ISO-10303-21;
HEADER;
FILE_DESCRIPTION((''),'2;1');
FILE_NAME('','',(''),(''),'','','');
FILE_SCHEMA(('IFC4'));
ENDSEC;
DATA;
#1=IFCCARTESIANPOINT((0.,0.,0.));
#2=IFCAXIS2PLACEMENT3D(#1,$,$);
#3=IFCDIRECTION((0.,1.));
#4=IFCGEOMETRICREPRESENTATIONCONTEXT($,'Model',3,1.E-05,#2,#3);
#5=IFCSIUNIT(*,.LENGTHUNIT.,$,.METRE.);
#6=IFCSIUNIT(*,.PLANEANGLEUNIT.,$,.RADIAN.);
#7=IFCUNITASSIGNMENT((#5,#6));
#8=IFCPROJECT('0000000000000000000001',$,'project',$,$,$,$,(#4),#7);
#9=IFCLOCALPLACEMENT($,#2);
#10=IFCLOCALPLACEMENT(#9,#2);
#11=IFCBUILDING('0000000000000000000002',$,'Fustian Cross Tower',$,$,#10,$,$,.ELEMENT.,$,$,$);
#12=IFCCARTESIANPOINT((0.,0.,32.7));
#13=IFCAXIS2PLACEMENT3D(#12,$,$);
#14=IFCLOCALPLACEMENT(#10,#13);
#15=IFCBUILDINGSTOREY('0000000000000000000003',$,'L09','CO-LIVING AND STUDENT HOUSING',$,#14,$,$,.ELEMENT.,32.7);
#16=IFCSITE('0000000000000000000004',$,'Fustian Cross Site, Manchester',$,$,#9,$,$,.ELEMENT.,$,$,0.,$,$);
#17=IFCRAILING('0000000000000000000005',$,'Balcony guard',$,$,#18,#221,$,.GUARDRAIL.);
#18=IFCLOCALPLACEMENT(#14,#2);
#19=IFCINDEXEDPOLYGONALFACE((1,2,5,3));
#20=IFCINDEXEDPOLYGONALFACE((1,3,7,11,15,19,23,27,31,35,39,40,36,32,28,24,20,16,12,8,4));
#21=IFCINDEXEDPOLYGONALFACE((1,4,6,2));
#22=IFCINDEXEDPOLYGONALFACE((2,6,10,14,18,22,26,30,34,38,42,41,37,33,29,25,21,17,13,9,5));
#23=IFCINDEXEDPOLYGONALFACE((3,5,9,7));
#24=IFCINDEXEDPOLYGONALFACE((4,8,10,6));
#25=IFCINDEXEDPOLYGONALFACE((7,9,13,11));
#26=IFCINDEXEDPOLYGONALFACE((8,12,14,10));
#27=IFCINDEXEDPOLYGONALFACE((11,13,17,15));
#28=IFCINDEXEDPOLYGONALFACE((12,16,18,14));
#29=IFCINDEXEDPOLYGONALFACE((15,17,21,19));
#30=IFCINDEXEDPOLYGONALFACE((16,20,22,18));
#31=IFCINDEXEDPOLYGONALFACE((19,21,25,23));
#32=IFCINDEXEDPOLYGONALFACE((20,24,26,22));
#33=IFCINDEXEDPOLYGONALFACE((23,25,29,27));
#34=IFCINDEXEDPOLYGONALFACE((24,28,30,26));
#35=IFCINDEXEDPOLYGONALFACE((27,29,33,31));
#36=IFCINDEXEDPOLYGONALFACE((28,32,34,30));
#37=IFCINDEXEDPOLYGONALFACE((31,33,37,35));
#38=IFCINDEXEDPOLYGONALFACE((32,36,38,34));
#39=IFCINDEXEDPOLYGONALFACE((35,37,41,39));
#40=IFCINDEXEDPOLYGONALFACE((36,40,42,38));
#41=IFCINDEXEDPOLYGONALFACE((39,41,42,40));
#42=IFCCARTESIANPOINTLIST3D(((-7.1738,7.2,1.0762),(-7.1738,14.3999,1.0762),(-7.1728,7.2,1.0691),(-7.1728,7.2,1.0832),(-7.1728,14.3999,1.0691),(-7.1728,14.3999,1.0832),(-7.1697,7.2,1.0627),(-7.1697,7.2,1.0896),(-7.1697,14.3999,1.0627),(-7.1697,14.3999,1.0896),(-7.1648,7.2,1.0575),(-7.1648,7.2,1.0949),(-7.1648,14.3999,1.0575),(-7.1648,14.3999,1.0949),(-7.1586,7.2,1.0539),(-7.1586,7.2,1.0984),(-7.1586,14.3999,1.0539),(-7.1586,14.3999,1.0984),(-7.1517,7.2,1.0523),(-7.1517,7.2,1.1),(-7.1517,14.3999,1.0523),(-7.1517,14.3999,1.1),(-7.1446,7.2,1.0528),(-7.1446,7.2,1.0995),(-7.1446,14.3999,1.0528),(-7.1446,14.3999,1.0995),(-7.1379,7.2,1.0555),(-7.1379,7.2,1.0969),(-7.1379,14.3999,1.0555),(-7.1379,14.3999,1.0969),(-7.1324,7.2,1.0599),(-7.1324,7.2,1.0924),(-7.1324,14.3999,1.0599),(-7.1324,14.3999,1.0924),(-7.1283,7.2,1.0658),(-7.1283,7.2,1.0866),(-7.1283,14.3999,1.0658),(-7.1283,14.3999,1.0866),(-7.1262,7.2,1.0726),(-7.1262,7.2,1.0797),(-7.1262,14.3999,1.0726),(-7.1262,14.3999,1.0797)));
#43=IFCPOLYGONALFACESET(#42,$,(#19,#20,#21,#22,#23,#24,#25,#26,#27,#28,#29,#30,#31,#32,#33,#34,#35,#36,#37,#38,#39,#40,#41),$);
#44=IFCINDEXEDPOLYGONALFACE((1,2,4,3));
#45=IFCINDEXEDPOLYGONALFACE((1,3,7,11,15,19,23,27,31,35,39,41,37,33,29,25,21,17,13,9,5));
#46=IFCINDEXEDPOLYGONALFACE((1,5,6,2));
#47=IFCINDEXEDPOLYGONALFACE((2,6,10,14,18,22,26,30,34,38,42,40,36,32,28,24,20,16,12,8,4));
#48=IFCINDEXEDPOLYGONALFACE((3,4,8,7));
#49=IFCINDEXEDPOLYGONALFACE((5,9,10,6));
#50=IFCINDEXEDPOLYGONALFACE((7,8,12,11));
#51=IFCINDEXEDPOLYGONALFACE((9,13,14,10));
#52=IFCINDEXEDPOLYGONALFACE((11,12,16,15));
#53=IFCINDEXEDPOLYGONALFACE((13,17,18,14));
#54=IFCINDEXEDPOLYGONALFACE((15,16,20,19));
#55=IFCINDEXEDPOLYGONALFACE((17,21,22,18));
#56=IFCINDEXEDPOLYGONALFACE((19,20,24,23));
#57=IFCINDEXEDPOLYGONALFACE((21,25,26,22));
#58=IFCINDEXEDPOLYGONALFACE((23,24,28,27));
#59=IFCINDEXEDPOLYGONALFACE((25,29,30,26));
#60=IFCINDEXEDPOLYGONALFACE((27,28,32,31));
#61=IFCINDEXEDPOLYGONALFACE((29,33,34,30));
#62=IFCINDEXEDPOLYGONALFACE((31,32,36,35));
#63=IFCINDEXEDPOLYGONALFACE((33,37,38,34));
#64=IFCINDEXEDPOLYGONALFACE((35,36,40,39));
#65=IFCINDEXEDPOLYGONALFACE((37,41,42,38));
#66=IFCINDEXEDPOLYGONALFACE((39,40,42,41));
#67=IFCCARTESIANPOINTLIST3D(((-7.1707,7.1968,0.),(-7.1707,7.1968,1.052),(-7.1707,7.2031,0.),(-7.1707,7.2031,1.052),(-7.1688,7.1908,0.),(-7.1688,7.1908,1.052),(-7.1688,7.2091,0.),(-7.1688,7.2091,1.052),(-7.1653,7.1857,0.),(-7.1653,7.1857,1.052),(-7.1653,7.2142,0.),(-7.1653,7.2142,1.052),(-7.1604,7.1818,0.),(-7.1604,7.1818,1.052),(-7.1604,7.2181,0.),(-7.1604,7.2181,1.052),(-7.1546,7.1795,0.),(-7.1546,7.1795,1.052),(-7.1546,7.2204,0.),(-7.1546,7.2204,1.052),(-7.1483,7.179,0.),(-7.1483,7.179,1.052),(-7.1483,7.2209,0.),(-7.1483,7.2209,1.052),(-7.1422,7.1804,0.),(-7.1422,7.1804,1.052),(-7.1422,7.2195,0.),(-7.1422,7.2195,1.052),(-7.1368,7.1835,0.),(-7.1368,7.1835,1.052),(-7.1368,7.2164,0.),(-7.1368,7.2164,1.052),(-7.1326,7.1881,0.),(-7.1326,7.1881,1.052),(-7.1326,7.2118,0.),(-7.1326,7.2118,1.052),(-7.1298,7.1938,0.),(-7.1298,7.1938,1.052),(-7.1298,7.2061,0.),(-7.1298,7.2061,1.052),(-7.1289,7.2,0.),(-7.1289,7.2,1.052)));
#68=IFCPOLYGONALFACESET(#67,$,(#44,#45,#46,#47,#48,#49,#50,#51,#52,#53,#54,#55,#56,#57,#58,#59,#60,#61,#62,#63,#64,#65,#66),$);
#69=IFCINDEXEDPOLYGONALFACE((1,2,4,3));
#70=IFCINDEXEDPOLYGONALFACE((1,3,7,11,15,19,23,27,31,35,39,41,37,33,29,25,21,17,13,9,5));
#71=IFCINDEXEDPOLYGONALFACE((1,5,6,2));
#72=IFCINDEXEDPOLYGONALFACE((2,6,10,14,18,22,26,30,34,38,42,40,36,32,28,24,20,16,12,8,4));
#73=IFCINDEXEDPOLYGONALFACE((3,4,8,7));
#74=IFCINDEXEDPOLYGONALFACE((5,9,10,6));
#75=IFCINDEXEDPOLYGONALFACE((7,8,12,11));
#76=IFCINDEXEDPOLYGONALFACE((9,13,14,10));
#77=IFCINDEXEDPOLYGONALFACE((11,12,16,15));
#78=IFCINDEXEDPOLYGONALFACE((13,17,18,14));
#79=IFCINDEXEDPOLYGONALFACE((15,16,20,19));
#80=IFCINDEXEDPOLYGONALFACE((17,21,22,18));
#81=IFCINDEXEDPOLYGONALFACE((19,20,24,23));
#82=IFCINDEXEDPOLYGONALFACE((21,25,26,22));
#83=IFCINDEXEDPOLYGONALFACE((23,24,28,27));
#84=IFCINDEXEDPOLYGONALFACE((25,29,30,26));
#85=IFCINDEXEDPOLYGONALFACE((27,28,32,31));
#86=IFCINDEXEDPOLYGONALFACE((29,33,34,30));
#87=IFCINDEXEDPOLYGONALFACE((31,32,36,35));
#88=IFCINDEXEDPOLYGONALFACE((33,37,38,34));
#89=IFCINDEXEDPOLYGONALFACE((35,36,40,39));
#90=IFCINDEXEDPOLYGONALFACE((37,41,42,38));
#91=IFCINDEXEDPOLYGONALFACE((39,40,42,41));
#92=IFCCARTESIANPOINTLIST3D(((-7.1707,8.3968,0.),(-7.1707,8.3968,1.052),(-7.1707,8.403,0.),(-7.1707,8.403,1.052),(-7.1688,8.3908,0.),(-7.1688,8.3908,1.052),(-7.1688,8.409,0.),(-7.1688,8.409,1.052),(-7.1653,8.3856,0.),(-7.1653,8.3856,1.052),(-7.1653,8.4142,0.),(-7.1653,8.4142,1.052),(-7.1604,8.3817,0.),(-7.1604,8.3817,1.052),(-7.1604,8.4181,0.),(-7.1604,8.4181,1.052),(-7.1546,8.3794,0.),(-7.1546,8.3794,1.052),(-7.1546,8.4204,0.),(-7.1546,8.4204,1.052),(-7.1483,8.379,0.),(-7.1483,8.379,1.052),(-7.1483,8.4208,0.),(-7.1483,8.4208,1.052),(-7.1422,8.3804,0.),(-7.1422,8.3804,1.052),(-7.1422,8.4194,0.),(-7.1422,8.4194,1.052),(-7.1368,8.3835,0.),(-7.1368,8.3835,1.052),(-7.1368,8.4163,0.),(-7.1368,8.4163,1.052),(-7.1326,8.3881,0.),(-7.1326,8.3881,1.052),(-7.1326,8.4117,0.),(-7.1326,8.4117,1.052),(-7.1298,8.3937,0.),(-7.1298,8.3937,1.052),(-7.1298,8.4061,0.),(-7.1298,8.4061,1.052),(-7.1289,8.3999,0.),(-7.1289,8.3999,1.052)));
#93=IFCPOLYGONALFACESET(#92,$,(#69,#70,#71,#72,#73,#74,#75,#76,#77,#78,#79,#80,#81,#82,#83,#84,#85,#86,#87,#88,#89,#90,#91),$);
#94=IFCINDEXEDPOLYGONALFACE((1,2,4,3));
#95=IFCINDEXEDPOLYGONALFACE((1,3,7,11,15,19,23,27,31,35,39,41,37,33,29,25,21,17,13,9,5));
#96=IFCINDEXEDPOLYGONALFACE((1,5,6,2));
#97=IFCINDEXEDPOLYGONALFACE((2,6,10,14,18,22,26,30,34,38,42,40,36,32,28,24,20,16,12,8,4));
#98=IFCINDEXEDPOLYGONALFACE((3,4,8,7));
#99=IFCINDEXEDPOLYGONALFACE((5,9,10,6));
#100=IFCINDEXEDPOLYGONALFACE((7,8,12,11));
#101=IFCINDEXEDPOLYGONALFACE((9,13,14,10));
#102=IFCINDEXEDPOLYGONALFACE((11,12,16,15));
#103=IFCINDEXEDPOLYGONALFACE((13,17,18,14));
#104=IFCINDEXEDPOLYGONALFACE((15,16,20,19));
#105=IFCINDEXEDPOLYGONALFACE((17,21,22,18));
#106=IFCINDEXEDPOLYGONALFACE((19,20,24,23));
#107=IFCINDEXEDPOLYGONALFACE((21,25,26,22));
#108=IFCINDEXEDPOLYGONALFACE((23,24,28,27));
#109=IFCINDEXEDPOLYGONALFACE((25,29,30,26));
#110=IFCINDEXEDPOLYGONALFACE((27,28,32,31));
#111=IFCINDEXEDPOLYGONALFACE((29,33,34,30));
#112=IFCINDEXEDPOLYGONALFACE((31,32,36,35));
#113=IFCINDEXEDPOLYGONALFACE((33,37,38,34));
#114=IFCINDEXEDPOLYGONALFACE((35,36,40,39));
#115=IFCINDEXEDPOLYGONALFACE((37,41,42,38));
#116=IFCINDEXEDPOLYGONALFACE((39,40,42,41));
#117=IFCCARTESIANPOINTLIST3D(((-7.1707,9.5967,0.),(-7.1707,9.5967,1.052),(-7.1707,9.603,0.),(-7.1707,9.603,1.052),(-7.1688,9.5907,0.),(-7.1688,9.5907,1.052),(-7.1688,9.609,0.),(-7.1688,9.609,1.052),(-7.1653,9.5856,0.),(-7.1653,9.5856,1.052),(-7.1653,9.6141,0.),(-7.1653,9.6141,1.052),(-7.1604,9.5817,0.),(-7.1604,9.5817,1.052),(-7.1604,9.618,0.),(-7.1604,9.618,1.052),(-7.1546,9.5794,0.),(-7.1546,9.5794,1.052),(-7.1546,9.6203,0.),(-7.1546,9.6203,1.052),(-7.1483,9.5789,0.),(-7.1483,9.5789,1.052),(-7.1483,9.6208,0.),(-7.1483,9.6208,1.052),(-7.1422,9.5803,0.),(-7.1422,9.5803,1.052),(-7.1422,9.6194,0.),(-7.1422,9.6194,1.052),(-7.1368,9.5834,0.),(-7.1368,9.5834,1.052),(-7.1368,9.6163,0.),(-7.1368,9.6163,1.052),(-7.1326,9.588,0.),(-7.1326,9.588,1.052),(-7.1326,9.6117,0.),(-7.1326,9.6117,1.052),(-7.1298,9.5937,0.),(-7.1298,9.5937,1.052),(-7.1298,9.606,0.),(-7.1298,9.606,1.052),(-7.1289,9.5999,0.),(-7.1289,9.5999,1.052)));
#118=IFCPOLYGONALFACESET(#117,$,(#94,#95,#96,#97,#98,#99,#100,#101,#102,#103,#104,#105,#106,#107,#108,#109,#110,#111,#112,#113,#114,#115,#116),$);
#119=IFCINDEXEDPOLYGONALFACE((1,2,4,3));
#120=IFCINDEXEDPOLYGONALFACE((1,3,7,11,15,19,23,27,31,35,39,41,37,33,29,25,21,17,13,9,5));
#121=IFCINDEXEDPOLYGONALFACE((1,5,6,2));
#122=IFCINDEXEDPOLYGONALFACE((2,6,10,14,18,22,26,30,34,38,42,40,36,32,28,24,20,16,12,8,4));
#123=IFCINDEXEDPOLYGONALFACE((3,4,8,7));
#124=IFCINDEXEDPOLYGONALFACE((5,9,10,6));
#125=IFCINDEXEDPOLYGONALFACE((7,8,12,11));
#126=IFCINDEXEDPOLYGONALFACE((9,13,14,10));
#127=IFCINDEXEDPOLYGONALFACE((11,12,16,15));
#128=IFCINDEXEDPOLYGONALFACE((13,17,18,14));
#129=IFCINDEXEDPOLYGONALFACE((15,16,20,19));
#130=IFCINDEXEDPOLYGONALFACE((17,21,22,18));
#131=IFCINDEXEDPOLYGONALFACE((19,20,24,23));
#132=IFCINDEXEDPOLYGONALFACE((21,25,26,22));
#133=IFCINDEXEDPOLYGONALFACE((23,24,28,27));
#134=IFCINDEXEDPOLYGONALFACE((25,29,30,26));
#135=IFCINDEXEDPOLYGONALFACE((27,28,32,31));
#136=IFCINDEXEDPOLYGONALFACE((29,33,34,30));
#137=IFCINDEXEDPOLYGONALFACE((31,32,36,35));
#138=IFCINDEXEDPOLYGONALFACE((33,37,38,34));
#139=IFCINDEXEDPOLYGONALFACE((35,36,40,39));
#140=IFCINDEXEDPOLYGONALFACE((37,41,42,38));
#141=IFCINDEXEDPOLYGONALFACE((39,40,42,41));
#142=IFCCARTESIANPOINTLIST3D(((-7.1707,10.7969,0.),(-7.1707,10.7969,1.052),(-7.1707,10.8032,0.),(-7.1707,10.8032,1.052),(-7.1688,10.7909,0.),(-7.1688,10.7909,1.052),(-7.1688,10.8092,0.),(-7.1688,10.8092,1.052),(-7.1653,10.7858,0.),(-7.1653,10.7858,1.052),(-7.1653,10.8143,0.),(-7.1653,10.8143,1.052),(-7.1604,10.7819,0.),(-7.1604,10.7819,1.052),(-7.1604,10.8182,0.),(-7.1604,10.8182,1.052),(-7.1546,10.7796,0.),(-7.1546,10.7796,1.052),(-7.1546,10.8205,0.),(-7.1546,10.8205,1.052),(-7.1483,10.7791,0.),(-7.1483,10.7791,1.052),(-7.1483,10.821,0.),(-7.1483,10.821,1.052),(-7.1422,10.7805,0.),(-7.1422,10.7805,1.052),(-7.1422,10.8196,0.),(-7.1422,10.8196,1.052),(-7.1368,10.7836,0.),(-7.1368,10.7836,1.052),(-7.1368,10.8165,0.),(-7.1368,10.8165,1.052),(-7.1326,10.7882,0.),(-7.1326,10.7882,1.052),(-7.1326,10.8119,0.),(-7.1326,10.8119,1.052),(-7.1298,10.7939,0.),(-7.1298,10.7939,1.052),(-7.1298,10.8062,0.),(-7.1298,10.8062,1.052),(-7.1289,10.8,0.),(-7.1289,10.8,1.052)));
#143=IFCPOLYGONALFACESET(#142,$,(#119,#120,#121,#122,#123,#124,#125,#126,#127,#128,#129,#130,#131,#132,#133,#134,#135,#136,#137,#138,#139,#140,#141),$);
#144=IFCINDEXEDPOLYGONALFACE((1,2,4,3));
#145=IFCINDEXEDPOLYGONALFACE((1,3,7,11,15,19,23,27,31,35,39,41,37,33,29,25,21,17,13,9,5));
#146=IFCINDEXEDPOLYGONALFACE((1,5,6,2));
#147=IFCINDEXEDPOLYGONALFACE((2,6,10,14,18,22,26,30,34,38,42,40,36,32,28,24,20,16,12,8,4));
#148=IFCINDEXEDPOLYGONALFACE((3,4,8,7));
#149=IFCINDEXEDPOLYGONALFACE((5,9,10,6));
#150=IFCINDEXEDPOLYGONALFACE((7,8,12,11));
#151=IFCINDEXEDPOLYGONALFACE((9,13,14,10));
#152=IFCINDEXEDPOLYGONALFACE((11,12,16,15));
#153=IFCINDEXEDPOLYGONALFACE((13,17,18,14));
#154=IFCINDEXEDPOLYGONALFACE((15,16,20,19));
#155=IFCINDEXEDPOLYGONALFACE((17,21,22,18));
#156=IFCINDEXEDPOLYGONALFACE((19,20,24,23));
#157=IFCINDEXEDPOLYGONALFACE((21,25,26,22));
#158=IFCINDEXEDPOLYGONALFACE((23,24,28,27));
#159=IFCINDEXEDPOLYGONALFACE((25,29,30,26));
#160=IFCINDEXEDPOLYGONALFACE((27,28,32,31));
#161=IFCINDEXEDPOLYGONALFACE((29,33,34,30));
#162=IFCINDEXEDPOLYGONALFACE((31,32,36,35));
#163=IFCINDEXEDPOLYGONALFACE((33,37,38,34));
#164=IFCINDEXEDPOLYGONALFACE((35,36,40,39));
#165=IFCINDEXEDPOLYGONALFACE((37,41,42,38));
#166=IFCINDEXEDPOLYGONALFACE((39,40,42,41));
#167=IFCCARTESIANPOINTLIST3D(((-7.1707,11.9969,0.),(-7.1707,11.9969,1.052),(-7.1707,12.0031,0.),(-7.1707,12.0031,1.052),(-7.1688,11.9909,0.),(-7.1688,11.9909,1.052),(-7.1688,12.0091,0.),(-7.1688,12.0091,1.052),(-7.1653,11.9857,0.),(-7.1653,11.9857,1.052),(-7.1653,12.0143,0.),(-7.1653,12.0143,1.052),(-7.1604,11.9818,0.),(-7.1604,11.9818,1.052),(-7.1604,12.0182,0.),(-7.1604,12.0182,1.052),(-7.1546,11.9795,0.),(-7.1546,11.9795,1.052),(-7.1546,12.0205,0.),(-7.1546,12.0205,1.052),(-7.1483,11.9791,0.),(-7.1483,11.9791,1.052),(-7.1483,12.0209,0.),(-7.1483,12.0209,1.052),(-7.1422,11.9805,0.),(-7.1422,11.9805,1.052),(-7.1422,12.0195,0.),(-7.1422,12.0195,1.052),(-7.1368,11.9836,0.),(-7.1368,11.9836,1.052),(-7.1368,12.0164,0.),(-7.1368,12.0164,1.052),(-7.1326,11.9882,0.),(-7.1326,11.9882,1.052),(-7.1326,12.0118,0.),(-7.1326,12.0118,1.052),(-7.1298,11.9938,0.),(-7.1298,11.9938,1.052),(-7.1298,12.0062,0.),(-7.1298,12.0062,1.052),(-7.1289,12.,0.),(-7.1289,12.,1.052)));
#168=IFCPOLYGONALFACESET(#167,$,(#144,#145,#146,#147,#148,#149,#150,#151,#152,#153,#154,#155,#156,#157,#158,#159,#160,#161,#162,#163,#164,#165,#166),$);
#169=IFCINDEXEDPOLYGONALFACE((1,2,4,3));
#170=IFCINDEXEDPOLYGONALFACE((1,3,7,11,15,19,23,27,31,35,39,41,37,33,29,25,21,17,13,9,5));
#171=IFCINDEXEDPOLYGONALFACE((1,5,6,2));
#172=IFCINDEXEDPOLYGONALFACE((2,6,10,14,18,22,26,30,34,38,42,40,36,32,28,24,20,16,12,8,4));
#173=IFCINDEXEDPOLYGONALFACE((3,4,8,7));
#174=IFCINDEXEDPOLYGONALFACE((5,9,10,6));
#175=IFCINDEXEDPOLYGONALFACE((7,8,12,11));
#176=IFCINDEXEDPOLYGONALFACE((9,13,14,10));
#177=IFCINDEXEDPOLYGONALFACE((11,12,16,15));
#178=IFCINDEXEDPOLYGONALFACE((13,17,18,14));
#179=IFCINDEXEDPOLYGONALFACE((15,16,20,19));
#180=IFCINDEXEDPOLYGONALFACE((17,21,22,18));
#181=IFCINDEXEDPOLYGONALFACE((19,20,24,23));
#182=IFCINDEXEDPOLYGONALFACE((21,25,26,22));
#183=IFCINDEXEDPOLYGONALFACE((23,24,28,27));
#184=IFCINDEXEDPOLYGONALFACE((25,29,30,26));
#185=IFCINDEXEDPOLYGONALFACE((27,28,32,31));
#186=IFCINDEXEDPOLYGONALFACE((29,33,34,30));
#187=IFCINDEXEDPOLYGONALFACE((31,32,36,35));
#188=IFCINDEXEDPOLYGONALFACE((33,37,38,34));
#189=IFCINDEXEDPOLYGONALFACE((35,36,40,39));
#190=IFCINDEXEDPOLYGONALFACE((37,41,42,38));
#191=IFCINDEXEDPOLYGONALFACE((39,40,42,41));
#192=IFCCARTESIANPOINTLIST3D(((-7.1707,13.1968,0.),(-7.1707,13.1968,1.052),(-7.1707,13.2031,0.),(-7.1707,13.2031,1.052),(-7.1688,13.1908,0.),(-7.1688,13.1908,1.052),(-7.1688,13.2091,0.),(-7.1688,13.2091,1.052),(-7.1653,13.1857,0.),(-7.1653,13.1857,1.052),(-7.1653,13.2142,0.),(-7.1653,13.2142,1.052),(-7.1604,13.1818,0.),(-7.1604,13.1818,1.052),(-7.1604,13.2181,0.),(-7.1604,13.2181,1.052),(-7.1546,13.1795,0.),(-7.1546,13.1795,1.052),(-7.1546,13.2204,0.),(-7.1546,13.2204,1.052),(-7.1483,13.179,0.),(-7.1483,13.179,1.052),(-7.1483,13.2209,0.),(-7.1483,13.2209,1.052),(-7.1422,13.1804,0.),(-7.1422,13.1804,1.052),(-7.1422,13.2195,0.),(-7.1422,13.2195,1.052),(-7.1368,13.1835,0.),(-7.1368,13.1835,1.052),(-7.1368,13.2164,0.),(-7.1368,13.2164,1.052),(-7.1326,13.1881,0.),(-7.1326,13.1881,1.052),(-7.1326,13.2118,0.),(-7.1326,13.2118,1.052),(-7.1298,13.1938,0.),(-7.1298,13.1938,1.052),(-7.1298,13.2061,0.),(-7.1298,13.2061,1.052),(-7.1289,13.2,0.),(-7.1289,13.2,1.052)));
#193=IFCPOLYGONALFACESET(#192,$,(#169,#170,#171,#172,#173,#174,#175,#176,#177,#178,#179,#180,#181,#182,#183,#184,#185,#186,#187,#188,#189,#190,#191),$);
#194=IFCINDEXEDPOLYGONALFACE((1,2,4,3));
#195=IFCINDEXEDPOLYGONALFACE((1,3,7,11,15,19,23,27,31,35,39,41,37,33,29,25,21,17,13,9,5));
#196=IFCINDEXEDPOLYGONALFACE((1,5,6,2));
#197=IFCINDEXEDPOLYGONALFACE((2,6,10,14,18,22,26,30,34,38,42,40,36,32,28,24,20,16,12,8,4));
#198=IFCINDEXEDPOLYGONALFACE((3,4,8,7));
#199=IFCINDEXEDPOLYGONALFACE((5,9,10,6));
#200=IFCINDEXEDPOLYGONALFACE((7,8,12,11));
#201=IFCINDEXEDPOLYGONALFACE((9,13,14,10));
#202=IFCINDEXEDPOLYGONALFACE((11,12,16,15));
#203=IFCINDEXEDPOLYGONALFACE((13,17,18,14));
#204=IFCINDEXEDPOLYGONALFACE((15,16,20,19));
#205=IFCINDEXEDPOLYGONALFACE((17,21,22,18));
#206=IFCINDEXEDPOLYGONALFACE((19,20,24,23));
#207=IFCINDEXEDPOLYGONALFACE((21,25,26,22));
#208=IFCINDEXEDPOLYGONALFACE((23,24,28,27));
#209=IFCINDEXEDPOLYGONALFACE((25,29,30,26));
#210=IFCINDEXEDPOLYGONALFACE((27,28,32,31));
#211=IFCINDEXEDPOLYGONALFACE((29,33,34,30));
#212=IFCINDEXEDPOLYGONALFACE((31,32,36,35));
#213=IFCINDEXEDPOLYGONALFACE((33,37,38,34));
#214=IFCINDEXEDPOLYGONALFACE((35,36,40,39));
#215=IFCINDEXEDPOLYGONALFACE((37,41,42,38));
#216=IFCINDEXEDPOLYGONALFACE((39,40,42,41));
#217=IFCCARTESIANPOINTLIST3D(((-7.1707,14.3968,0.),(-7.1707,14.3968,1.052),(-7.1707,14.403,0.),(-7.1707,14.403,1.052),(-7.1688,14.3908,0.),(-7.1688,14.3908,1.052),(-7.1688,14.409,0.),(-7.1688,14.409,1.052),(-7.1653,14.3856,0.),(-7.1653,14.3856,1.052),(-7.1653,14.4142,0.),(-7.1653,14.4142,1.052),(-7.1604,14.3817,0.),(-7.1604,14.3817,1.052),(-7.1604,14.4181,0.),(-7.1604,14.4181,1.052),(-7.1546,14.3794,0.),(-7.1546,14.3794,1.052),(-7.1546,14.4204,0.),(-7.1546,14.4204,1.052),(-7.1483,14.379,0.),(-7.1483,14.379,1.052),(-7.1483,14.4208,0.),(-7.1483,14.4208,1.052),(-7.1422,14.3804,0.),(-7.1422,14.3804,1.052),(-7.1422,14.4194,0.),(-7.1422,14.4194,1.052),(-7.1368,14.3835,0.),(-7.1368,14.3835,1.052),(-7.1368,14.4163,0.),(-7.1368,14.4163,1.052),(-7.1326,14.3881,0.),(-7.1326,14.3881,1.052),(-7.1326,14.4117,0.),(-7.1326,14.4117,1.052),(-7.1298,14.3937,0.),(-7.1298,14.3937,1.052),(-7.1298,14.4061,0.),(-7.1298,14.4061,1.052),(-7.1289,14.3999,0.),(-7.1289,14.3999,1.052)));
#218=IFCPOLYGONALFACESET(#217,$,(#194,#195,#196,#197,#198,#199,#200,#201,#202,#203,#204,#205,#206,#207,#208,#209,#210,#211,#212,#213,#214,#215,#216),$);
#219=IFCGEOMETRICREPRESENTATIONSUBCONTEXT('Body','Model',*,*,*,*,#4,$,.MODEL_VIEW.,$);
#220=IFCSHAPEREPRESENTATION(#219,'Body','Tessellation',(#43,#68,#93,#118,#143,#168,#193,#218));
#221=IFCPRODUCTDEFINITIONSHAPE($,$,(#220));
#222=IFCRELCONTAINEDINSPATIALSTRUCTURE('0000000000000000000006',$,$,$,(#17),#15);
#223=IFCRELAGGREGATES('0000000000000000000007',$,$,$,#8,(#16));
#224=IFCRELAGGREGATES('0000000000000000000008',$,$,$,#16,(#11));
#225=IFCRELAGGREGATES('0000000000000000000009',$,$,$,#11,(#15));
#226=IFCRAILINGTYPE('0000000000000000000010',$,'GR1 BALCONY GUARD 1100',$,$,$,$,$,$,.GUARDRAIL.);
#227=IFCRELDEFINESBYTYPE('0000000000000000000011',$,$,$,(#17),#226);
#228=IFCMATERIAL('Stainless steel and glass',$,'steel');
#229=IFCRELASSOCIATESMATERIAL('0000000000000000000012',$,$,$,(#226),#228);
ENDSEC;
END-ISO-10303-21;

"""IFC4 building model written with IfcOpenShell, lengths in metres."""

from ifc_helpers import new_model, si_unit, direction, frame, origin, origin_2d, place, context, subcontext, project, spatial, circle, extrude, material, type_object, element, save


model = new_model("IFC4")

# Units and contexts
model_context = context("Model", 3, precision=1e-05, world=origin(), true_north=direction((0.0, 1.0)))
body_context = subcontext(model_context, "Body", "Model", "MODEL_VIEW")
ifc_project = project(units=[si_unit("LENGTHUNIT", "METRE"), si_unit("PLANEANGLEUNIT", "RADIAN")], contexts=[model_context])

# Site, building, storey
site_placement = place(None, origin())
site = spatial("IfcSite", under=ifc_project, at=site_placement, Name="Fustian Cross Site, Manchester", CompositionType="ELEMENT", RefElevation=0.0)
building_placement = place(site_placement, origin())
building = spatial("IfcBuilding", under=site, at=building_placement, Name="Fustian Cross Tower", CompositionType="ELEMENT")
storey_placement = place(building_placement, frame((0.0, 0.0, 32.7)))
storey = spatial("IfcBuildingStorey", under=building, at=storey_placement, Name="L09", Description="CO-LIVING AND STUDENT HOUSING", CompositionType="ELEMENT", Elevation=32.7)

# Railing
ifc_material_1 = material(Name="Stainless steel and glass", Category="steel")
railing_type = type_object("IfcRailingType", Name="GR1 BALCONY GUARD 1100", PredefinedType="GUARDRAIL", material=ifc_material_1)
railing_placement = place(storey_placement, frame((-7.1499, 7.2, 0.0)))
element("IfcRailing", 1, at=railing_placement, inside=storey, type_object=railing_type, Name="Balcony guard", PredefinedType="GUARDRAIL", context=body_context, shape_type="SweptSolid", body=[
    extrude(circle(Radius=0.0239, at=origin_2d()), frame((0.0, 0.0, 1.0762), z_axis=(0.0, 1.0, 0.0), x_axis=(-1.0, 0.0, 0.0)), (0.0, 0.0, 1.0), 7.2),
    extrude(circle(Radius=0.021, at=origin_2d()), origin(), (0.0, 0.0, 1.0), 1.052),
    extrude(circle(Radius=0.021, at=origin_2d()), frame((0.0, 1.2, 0.0)), (0.0, 0.0, 1.0), 1.052),
    extrude(circle(Radius=0.021, at=origin_2d()), frame((0.0, 2.3999, 0.0)), (0.0, 0.0, 1.0), 1.052),
    extrude(circle(Radius=0.021, at=origin_2d()), frame((0.0, 3.6001, 0.0)), (0.0, 0.0, 1.0), 1.052),
    extrude(circle(Radius=0.021, at=origin_2d()), frame((0.0, 4.8, 0.0)), (0.0, 0.0, 1.0), 1.052),
    extrude(circle(Radius=0.021, at=origin_2d()), frame((0.0, 6.0, 0.0)), (0.0, 0.0, 1.0), 1.052),
    extrude(circle(Radius=0.021, at=origin_2d()), frame((0.0, 7.2, 0.0)), (0.0, 0.0, 1.0), 1.052),
])

save(model, "model.ifc")
